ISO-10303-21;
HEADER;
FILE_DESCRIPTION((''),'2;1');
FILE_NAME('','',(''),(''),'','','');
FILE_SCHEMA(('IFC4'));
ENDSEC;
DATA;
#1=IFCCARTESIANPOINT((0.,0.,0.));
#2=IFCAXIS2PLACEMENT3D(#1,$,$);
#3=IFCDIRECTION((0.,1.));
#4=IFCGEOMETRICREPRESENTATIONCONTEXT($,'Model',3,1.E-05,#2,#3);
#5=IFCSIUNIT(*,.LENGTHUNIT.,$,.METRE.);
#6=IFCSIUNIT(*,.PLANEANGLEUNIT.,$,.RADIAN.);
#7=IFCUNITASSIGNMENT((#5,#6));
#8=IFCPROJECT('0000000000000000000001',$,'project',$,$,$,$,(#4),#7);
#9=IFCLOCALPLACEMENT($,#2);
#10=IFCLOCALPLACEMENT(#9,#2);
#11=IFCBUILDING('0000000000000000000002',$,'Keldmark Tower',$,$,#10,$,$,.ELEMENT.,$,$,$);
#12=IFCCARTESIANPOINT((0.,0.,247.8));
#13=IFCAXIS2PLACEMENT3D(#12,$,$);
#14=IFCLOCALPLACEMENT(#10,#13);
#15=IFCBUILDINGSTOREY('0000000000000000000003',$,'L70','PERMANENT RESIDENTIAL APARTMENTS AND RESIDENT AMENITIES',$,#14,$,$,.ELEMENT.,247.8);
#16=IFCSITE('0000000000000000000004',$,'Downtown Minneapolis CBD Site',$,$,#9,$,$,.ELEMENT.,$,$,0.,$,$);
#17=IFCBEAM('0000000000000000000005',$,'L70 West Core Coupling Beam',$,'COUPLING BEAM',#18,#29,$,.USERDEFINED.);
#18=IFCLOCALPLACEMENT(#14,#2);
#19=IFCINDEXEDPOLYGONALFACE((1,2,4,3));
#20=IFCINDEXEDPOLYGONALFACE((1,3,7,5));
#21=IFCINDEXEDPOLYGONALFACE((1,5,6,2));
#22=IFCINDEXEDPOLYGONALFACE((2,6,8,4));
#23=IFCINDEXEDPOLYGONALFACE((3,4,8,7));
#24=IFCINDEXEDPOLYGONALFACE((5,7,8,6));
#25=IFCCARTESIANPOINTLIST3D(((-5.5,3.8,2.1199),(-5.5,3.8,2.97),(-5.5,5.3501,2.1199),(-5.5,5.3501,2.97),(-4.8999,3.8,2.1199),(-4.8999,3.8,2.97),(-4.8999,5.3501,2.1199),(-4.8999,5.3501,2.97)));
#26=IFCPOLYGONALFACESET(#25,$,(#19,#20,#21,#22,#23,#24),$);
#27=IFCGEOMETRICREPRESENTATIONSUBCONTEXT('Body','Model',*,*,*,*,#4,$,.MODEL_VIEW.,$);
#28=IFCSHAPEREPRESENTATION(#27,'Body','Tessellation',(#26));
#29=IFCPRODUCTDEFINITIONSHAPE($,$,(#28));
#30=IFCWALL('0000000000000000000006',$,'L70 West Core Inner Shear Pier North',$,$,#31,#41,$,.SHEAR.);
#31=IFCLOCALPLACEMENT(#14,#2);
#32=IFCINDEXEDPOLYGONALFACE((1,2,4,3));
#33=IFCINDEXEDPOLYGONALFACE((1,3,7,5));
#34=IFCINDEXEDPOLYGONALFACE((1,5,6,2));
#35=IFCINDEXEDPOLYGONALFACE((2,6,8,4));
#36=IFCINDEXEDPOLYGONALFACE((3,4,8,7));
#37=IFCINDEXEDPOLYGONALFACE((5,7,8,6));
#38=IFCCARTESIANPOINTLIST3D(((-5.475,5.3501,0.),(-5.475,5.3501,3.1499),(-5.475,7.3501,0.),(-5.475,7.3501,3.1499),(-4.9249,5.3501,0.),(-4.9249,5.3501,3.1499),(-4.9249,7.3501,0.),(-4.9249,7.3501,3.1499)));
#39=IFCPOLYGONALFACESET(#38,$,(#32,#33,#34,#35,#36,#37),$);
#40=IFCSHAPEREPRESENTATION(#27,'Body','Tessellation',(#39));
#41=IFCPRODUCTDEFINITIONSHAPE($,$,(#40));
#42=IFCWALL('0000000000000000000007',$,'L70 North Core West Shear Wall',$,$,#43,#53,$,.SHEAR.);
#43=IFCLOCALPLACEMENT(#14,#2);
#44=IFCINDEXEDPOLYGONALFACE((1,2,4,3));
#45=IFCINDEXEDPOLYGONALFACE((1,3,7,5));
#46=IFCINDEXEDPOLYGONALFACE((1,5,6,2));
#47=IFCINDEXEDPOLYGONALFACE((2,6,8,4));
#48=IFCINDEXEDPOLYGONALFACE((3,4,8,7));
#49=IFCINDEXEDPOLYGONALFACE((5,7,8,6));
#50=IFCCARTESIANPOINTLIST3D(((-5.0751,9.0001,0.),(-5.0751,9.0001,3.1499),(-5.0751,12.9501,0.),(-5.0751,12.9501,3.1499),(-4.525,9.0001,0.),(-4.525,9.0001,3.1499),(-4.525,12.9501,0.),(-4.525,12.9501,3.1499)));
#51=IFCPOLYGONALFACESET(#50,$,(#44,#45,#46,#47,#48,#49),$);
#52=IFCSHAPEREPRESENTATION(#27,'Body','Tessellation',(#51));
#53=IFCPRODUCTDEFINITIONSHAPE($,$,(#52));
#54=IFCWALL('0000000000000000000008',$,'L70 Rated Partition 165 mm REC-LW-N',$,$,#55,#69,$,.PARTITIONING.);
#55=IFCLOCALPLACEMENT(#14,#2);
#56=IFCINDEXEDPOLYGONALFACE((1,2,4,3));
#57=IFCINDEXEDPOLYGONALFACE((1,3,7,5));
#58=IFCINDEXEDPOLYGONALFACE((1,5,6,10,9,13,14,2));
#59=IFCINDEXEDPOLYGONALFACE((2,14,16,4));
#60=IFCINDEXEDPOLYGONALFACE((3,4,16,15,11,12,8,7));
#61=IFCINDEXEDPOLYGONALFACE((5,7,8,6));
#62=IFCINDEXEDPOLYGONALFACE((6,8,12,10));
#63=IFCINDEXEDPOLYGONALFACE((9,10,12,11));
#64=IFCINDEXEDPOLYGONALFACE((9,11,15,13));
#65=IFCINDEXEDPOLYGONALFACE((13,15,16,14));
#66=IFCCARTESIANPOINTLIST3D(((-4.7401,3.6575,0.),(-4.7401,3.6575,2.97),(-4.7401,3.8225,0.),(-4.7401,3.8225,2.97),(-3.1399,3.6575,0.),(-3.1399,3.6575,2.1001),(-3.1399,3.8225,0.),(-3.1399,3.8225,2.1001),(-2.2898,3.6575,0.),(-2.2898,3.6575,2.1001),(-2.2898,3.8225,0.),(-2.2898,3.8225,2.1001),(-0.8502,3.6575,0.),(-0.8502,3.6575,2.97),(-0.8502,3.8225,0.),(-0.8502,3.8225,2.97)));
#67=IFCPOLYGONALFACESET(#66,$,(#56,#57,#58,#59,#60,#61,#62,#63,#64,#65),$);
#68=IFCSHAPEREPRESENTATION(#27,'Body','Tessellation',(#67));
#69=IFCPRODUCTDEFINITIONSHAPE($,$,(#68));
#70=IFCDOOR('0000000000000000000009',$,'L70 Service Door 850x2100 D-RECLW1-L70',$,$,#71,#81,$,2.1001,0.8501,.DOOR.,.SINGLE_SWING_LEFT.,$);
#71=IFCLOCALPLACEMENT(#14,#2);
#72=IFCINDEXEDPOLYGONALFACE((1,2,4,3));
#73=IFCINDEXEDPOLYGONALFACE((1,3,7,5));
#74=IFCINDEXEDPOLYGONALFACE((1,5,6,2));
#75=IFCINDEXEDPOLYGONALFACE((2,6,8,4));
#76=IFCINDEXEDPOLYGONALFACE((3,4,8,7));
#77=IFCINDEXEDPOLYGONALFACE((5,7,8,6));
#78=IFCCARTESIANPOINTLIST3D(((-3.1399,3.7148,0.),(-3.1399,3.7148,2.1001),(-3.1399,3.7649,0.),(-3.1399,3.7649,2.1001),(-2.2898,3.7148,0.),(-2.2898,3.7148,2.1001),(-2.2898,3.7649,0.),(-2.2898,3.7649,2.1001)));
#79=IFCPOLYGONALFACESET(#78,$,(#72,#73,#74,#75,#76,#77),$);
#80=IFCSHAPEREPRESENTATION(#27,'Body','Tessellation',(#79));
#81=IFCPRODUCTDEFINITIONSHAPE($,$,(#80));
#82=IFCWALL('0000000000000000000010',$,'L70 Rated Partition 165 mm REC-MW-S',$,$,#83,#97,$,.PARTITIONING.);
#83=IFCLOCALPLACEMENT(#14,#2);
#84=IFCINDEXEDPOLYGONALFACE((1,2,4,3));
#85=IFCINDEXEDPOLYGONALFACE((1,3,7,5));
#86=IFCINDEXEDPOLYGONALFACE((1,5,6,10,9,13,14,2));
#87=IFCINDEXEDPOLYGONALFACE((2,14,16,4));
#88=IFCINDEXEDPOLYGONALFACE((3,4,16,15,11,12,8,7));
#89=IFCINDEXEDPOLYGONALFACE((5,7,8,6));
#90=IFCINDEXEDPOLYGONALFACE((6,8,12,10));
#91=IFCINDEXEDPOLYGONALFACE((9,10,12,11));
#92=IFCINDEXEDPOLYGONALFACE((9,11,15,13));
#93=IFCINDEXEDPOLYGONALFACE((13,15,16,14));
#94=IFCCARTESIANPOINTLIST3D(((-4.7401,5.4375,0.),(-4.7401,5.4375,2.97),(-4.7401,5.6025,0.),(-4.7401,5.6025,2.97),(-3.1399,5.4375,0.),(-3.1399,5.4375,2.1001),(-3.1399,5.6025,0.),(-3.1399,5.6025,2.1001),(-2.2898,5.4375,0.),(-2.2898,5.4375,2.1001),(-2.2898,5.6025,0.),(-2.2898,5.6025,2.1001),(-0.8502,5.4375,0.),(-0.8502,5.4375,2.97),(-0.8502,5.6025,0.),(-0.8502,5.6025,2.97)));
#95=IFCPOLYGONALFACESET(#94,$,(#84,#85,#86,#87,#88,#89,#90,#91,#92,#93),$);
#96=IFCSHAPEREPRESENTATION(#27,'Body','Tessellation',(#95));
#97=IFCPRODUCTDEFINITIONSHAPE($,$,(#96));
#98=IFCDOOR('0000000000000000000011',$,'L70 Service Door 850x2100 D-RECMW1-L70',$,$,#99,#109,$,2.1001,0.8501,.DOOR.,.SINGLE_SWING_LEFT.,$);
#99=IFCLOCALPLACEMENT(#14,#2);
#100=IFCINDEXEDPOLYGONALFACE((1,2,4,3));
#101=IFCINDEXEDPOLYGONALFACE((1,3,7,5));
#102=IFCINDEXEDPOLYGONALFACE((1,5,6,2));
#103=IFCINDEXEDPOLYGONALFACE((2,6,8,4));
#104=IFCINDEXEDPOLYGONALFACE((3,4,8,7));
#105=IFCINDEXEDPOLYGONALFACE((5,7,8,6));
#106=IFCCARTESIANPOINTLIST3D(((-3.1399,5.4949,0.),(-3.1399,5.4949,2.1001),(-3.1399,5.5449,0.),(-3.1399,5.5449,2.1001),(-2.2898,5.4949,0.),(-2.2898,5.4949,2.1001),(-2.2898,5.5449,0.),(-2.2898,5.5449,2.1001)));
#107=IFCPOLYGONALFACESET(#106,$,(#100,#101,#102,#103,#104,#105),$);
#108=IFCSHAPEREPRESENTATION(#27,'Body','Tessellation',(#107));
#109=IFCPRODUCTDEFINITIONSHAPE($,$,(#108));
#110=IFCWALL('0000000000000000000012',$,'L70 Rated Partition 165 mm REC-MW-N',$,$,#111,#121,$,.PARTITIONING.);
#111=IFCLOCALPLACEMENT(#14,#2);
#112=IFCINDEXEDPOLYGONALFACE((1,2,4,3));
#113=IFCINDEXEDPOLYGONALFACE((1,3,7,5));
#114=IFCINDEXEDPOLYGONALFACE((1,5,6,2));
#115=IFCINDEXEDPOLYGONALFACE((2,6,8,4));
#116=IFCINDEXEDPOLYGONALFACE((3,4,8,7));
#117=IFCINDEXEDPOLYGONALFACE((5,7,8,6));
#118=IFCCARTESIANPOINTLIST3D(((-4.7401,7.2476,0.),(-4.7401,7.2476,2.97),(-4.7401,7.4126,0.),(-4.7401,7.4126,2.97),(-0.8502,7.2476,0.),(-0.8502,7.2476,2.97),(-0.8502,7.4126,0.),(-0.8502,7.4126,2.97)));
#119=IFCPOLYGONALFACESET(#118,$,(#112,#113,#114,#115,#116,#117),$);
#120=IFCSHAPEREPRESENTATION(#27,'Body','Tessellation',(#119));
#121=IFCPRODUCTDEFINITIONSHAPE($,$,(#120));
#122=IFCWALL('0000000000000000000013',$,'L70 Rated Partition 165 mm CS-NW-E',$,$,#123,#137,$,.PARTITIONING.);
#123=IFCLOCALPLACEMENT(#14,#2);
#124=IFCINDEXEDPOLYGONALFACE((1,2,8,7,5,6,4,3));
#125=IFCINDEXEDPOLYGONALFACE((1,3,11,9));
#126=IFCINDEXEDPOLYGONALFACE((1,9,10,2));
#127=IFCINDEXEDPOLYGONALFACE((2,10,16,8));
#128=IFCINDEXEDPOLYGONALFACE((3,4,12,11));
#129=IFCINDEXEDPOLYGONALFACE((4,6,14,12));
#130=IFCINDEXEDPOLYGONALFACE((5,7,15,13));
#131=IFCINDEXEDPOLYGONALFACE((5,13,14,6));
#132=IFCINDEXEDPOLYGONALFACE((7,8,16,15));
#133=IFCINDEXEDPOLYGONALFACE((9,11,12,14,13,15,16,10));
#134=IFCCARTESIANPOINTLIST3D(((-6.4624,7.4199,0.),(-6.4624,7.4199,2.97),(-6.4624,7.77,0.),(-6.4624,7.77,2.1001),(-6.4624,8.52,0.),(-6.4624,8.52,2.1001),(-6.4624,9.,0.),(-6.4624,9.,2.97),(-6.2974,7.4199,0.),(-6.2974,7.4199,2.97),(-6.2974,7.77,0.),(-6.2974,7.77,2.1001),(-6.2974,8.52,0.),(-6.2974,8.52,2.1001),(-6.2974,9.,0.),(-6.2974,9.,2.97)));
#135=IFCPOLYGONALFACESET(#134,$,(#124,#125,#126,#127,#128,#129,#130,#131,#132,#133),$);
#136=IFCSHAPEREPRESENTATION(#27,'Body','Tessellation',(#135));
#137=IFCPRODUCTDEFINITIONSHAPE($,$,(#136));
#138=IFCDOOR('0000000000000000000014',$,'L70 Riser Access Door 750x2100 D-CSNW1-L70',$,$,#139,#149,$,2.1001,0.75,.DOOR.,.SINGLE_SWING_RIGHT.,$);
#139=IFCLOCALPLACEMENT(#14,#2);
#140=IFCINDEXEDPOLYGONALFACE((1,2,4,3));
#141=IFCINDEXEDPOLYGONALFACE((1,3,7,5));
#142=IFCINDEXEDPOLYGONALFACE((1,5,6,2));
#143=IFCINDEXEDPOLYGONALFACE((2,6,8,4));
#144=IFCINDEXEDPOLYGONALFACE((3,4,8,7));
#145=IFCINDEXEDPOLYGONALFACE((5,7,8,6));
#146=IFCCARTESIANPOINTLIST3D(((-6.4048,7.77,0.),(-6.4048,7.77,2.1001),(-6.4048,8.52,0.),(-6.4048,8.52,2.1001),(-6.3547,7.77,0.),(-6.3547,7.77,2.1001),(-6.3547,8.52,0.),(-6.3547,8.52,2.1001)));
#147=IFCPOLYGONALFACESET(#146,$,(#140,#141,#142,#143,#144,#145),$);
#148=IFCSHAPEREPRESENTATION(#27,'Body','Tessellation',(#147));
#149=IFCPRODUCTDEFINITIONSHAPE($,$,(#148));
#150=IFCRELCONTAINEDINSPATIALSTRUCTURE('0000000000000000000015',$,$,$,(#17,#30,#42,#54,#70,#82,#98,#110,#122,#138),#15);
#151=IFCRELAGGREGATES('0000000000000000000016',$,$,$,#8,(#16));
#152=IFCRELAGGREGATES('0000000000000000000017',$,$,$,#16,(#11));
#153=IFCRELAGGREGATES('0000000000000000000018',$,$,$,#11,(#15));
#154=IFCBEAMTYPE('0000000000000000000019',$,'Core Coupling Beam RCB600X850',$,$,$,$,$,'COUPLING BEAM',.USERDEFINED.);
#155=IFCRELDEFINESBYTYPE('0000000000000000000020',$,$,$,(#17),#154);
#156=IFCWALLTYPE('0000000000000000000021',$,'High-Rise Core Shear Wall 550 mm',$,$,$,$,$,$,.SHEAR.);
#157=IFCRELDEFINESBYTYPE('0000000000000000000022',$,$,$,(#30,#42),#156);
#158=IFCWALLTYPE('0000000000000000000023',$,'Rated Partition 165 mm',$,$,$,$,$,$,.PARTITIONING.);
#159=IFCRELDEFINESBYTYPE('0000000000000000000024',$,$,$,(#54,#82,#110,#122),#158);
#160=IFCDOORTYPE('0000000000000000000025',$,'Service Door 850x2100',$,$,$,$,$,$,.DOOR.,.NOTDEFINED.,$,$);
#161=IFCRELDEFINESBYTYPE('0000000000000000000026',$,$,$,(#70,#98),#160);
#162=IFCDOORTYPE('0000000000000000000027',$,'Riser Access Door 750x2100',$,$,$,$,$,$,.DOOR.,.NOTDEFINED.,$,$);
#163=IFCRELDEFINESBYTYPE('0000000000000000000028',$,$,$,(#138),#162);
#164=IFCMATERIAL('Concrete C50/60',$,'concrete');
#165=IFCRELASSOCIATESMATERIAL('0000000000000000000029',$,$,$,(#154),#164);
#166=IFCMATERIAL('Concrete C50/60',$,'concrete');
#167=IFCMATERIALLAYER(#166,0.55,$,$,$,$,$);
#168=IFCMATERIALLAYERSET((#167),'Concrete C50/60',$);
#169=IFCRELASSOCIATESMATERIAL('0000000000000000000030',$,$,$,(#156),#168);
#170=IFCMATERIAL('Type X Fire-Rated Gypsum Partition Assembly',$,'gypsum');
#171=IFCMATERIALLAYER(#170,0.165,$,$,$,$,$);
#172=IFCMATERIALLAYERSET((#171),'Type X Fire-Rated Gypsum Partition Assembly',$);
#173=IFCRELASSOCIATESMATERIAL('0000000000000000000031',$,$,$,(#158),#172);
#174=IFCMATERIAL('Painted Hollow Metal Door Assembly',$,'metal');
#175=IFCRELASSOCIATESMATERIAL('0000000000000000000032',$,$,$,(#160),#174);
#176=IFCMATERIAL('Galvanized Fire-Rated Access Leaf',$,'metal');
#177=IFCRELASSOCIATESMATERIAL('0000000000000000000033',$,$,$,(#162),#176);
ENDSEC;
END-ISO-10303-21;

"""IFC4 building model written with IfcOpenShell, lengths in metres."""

from ifc_helpers import new_model, si_unit, direction, frame, frame_2d, origin, origin_2d, place, context, subcontext, project, spatial, rectangle, extrude, material, layer, layer_set, material_profile, profile_set, type_object, element, fill, save


model = new_model("IFC4")

# Units and contexts
model_context = context("Model", 3, precision=1e-05, world=origin(), true_north=direction((0.0, 1.0)))
body_context = subcontext(model_context, "Body", "Model", "MODEL_VIEW")
ifc_project = project(units=[si_unit("LENGTHUNIT", "METRE"), si_unit("PLANEANGLEUNIT", "RADIAN")], contexts=[model_context])

# Site, building, storey
site_placement = place(None, origin())
site = spatial("IfcSite", under=ifc_project, at=site_placement, Name="Downtown Minneapolis CBD Site", CompositionType="ELEMENT", RefElevation=0.0)
building_placement = place(site_placement, origin())
building = spatial("IfcBuilding", under=site, at=building_placement, Name="Keldmark Tower", CompositionType="ELEMENT")
storey_placement = place(building_placement, frame((0.0, 0.0, 247.8)))
storey = spatial("IfcBuildingStorey", under=building, at=storey_placement, Name="L70", Description="PERMANENT RESIDENTIAL APARTMENTS AND RESIDENT AMENITIES", CompositionType="ELEMENT", Elevation=247.8)

# Beam
ifc_material_1 = material(Name="Concrete C50/60", Category="concrete")
ifc_material_profile = material_profile(ifc_material_1, rectangle(XDim=0.6001, YDim=0.8501, at=origin_2d()), Name="RCB600X850")
ifc_profile_set = profile_set([ifc_material_profile], Name="Concrete C50/60")
beam_type = type_object("IfcBeamType", Name="Core Coupling Beam RCB600X850", ElementType="COUPLING BEAM", PredefinedType="USERDEFINED", material=ifc_profile_set)
beam_placement = place(storey_placement, frame((-5.2, 3.8, 2.5449), z_axis=(0.0, 1.0, 0.0), x_axis=(-1.0, 0.0, 0.0)))
element("IfcBeam", 1, at=beam_placement, inside=storey, type_object=beam_type, Name="L70 West Core Coupling Beam", ObjectType="COUPLING BEAM", PredefinedType="USERDEFINED", context=body_context, shape_type="SweptSolid", body=[
    extrude(rectangle(XDim=0.6001, YDim=0.8501, at=origin_2d()), origin(), (0.0, 0.0, 1.0), 1.55),
])

# Walls
ifc_material_2 = material(Name="Concrete C50/60", Category="concrete")
ifc_layer_1 = layer(ifc_material_2, 0.55)
ifc_layer_set_1 = layer_set([ifc_layer_1], Name="Concrete C50/60")
wall_type_1 = type_object("IfcWallType", Name="High-Rise Core Shear Wall 550 mm", PredefinedType="SHEAR", material=ifc_layer_set_1)
wall_1_placement = place(storey_placement, frame((-5.2, 5.3501, 0.0), z_axis=(0.0, 0.0, 1.0), x_axis=(0.0, 1.0, 0.0)))
element("IfcWall", 2, at=wall_1_placement, inside=storey, type_object=wall_type_1, Name="L70 West Core Inner Shear Pier North", PredefinedType="SHEAR", context=body_context, shape_type="SweptSolid", body=[
    extrude(rectangle(XDim=2.0, YDim=0.55, at=frame_2d((1.0, 0.0))), origin(), (0.0, 0.0, 1.0), 3.1499),
])
wall_2_placement = place(storey_placement, frame((-4.8, 9.0, 0.0), z_axis=(0.0, 0.0, 1.0), x_axis=(0.0, 1.0, 0.0)))
element("IfcWall", 3, at=wall_2_placement, inside=storey, type_object=wall_type_1, Name="L70 North Core West Shear Wall", PredefinedType="SHEAR", context=body_context, shape_type="SweptSolid", body=[
    extrude(rectangle(XDim=3.95, YDim=0.55, at=frame_2d((1.9751, 0.0))), origin(), (0.0, 0.0, 1.0), 3.1499),
])

# Walls, openings, doors
ifc_material_3 = material(Name="Type X Fire-Rated Gypsum Partition Assembly", Category="gypsum")
ifc_layer_2 = layer(ifc_material_3, 0.165)
ifc_layer_set_2 = layer_set([ifc_layer_2], Name="Type X Fire-Rated Gypsum Partition Assembly")
wall_type_2 = type_object("IfcWallType", Name="Rated Partition 165 mm", PredefinedType="PARTITIONING", material=ifc_layer_set_2)
wall_3_placement = place(storey_placement, frame((-4.74, 3.74, 0.0), z_axis=(0.0, 0.0, 1.0), x_axis=(1.0, 0.0, 0.0)))
wall_3 = element("IfcWall", 4, at=wall_3_placement, inside=storey, type_object=wall_type_2, Name="L70 Rated Partition 165 mm REC-LW-N", PredefinedType="PARTITIONING", context=body_context, shape_type="SweptSolid", body=[
    extrude(rectangle(XDim=3.8899, YDim=0.165, at=frame_2d((1.9448, 0.0))), origin(), (0.0, 0.0, 1.0), 2.97),
])
opening_1_placement = place(wall_3_placement, frame((1.6001, 0.0, 0.0)))
opening_1 = element("IfcOpeningElement", 5, at=opening_1_placement, cuts=wall_3, PredefinedType="OPENING", context=body_context, shape_type="SweptSolid", body=[
    extrude(rectangle(XDim=0.8501, YDim=2.1001, at=frame_2d((0.425, 1.05))), frame((0.0, 0.0925, 0.0), z_axis=(0.0, -1.0, 0.0), x_axis=(1.0, 0.0, 0.0)), (0.0, 0.0, 1.0), 0.1851),
])
ifc_material_4 = material(Name="Painted Hollow Metal Door Assembly", Category="metal")
door_type_1 = type_object("IfcDoorType", Name="Service Door 850x2100", OperationType="NOTDEFINED", PredefinedType="DOOR", material=ifc_material_4)
door_1_placement = place(opening_1_placement, origin())
door_1 = element("IfcDoor", 6, at=door_1_placement, inside=storey, type_object=door_type_1, Name="L70 Service Door 850x2100 D-RECLW1-L70", OperationType="SINGLE_SWING_LEFT", OverallHeight=2.1001, OverallWidth=0.8501, PredefinedType="DOOR", context=body_context, shape_type="SweptSolid", body=[
    extrude(rectangle(XDim=0.8501, YDim=2.1001, at=frame_2d((0.425, 1.05))), frame((0.0, 0.0249, 0.0), z_axis=(0.0, -1.0, 0.0), x_axis=(1.0, 0.0, 0.0)), (0.0, 0.0, 1.0), 0.05),
])
fill(opening_1, door_1)
wall_4_placement = place(storey_placement, frame((-4.74, 5.52, 0.0), z_axis=(0.0, 0.0, 1.0), x_axis=(1.0, 0.0, 0.0)))
wall_4 = element("IfcWall", 7, at=wall_4_placement, inside=storey, type_object=wall_type_2, Name="L70 Rated Partition 165 mm REC-MW-S", PredefinedType="PARTITIONING", context=body_context, shape_type="SweptSolid", body=[
    extrude(rectangle(XDim=3.8899, YDim=0.165, at=frame_2d((1.9448, 0.0))), origin(), (0.0, 0.0, 1.0), 2.97),
])
opening_2_placement = place(wall_4_placement, frame((1.6001, 0.0, 0.0)))
opening_2 = element("IfcOpeningElement", 8, at=opening_2_placement, cuts=wall_4, PredefinedType="OPENING", context=body_context, shape_type="SweptSolid", body=[
    extrude(rectangle(XDim=0.8501, YDim=2.1001, at=frame_2d((0.425, 1.05))), frame((0.0, 0.0925, 0.0), z_axis=(0.0, -1.0, 0.0), x_axis=(1.0, 0.0, 0.0)), (0.0, 0.0, 1.0), 0.1851),
])
door_2_placement = place(opening_2_placement, origin())
door_2 = element("IfcDoor", 9, at=door_2_placement, inside=storey, type_object=door_type_1, Name="L70 Service Door 850x2100 D-RECMW1-L70", OperationType="SINGLE_SWING_LEFT", OverallHeight=2.1001, OverallWidth=0.8501, PredefinedType="DOOR", context=body_context, shape_type="SweptSolid", body=[
    extrude(rectangle(XDim=0.8501, YDim=2.1001, at=frame_2d((0.425, 1.05))), frame((0.0, 0.0249, 0.0), z_axis=(0.0, -1.0, 0.0), x_axis=(1.0, 0.0, 0.0)), (0.0, 0.0, 1.0), 0.05),
])
fill(opening_2, door_2)

# Wall
wall_5_placement = place(storey_placement, frame((-4.74, 7.3301, 0.0), z_axis=(0.0, 0.0, 1.0), x_axis=(1.0, 0.0, 0.0)))
element("IfcWall", 10, at=wall_5_placement, inside=storey, type_object=wall_type_2, Name="L70 Rated Partition 165 mm REC-MW-N", PredefinedType="PARTITIONING", context=body_context, shape_type="SweptSolid", body=[
    extrude(rectangle(XDim=3.8899, YDim=0.165, at=frame_2d((1.9448, 0.0))), origin(), (0.0, 0.0, 1.0), 2.97),
])

# Wall, opening, door
wall_6_placement = place(storey_placement, frame((-6.3799, 7.4199, 0.0), z_axis=(0.0, 0.0, 1.0), x_axis=(0.0, 1.0, 0.0)))
wall_6 = element("IfcWall", 11, at=wall_6_placement, inside=storey, type_object=wall_type_2, Name="L70 Rated Partition 165 mm CS-NW-E", PredefinedType="PARTITIONING", context=body_context, shape_type="SweptSolid", body=[
    extrude(rectangle(XDim=1.5801, YDim=0.165, at=frame_2d((0.79, 0.0))), origin(), (0.0, 0.0, 1.0), 2.97),
])
opening_3_placement = place(wall_6_placement, frame((0.3501, 0.0, 0.0)))
opening_3 = element("IfcOpeningElement", 12, at=opening_3_placement, cuts=wall_6, PredefinedType="OPENING", context=body_context, shape_type="SweptSolid", body=[
    extrude(rectangle(XDim=0.75, YDim=2.1001, at=frame_2d((0.375, 1.05))), frame((0.0, 0.0925, 0.0), z_axis=(0.0, -1.0, 0.0), x_axis=(1.0, 0.0, 0.0)), (0.0, 0.0, 1.0), 0.1851),
])
ifc_material_5 = material(Name="Galvanized Fire-Rated Access Leaf", Category="metal")
door_type_2 = type_object("IfcDoorType", Name="Riser Access Door 750x2100", OperationType="NOTDEFINED", PredefinedType="DOOR", material=ifc_material_5)
door_3_placement = place(opening_3_placement, origin())
door_3 = element("IfcDoor", 13, at=door_3_placement, inside=storey, type_object=door_type_2, Name="L70 Riser Access Door 750x2100 D-CSNW1-L70", OperationType="SINGLE_SWING_RIGHT", OverallHeight=2.1001, OverallWidth=0.75, PredefinedType="DOOR", context=body_context, shape_type="SweptSolid", body=[
    extrude(rectangle(XDim=0.75, YDim=2.1001, at=frame_2d((0.375, 1.05))), frame((0.0, 0.0249, 0.0), z_axis=(0.0, -1.0, 0.0), x_axis=(1.0, 0.0, 0.0)), (0.0, 0.0, 1.0), 0.05),
])
fill(opening_3, door_3)

save(model, "model.ifc")
